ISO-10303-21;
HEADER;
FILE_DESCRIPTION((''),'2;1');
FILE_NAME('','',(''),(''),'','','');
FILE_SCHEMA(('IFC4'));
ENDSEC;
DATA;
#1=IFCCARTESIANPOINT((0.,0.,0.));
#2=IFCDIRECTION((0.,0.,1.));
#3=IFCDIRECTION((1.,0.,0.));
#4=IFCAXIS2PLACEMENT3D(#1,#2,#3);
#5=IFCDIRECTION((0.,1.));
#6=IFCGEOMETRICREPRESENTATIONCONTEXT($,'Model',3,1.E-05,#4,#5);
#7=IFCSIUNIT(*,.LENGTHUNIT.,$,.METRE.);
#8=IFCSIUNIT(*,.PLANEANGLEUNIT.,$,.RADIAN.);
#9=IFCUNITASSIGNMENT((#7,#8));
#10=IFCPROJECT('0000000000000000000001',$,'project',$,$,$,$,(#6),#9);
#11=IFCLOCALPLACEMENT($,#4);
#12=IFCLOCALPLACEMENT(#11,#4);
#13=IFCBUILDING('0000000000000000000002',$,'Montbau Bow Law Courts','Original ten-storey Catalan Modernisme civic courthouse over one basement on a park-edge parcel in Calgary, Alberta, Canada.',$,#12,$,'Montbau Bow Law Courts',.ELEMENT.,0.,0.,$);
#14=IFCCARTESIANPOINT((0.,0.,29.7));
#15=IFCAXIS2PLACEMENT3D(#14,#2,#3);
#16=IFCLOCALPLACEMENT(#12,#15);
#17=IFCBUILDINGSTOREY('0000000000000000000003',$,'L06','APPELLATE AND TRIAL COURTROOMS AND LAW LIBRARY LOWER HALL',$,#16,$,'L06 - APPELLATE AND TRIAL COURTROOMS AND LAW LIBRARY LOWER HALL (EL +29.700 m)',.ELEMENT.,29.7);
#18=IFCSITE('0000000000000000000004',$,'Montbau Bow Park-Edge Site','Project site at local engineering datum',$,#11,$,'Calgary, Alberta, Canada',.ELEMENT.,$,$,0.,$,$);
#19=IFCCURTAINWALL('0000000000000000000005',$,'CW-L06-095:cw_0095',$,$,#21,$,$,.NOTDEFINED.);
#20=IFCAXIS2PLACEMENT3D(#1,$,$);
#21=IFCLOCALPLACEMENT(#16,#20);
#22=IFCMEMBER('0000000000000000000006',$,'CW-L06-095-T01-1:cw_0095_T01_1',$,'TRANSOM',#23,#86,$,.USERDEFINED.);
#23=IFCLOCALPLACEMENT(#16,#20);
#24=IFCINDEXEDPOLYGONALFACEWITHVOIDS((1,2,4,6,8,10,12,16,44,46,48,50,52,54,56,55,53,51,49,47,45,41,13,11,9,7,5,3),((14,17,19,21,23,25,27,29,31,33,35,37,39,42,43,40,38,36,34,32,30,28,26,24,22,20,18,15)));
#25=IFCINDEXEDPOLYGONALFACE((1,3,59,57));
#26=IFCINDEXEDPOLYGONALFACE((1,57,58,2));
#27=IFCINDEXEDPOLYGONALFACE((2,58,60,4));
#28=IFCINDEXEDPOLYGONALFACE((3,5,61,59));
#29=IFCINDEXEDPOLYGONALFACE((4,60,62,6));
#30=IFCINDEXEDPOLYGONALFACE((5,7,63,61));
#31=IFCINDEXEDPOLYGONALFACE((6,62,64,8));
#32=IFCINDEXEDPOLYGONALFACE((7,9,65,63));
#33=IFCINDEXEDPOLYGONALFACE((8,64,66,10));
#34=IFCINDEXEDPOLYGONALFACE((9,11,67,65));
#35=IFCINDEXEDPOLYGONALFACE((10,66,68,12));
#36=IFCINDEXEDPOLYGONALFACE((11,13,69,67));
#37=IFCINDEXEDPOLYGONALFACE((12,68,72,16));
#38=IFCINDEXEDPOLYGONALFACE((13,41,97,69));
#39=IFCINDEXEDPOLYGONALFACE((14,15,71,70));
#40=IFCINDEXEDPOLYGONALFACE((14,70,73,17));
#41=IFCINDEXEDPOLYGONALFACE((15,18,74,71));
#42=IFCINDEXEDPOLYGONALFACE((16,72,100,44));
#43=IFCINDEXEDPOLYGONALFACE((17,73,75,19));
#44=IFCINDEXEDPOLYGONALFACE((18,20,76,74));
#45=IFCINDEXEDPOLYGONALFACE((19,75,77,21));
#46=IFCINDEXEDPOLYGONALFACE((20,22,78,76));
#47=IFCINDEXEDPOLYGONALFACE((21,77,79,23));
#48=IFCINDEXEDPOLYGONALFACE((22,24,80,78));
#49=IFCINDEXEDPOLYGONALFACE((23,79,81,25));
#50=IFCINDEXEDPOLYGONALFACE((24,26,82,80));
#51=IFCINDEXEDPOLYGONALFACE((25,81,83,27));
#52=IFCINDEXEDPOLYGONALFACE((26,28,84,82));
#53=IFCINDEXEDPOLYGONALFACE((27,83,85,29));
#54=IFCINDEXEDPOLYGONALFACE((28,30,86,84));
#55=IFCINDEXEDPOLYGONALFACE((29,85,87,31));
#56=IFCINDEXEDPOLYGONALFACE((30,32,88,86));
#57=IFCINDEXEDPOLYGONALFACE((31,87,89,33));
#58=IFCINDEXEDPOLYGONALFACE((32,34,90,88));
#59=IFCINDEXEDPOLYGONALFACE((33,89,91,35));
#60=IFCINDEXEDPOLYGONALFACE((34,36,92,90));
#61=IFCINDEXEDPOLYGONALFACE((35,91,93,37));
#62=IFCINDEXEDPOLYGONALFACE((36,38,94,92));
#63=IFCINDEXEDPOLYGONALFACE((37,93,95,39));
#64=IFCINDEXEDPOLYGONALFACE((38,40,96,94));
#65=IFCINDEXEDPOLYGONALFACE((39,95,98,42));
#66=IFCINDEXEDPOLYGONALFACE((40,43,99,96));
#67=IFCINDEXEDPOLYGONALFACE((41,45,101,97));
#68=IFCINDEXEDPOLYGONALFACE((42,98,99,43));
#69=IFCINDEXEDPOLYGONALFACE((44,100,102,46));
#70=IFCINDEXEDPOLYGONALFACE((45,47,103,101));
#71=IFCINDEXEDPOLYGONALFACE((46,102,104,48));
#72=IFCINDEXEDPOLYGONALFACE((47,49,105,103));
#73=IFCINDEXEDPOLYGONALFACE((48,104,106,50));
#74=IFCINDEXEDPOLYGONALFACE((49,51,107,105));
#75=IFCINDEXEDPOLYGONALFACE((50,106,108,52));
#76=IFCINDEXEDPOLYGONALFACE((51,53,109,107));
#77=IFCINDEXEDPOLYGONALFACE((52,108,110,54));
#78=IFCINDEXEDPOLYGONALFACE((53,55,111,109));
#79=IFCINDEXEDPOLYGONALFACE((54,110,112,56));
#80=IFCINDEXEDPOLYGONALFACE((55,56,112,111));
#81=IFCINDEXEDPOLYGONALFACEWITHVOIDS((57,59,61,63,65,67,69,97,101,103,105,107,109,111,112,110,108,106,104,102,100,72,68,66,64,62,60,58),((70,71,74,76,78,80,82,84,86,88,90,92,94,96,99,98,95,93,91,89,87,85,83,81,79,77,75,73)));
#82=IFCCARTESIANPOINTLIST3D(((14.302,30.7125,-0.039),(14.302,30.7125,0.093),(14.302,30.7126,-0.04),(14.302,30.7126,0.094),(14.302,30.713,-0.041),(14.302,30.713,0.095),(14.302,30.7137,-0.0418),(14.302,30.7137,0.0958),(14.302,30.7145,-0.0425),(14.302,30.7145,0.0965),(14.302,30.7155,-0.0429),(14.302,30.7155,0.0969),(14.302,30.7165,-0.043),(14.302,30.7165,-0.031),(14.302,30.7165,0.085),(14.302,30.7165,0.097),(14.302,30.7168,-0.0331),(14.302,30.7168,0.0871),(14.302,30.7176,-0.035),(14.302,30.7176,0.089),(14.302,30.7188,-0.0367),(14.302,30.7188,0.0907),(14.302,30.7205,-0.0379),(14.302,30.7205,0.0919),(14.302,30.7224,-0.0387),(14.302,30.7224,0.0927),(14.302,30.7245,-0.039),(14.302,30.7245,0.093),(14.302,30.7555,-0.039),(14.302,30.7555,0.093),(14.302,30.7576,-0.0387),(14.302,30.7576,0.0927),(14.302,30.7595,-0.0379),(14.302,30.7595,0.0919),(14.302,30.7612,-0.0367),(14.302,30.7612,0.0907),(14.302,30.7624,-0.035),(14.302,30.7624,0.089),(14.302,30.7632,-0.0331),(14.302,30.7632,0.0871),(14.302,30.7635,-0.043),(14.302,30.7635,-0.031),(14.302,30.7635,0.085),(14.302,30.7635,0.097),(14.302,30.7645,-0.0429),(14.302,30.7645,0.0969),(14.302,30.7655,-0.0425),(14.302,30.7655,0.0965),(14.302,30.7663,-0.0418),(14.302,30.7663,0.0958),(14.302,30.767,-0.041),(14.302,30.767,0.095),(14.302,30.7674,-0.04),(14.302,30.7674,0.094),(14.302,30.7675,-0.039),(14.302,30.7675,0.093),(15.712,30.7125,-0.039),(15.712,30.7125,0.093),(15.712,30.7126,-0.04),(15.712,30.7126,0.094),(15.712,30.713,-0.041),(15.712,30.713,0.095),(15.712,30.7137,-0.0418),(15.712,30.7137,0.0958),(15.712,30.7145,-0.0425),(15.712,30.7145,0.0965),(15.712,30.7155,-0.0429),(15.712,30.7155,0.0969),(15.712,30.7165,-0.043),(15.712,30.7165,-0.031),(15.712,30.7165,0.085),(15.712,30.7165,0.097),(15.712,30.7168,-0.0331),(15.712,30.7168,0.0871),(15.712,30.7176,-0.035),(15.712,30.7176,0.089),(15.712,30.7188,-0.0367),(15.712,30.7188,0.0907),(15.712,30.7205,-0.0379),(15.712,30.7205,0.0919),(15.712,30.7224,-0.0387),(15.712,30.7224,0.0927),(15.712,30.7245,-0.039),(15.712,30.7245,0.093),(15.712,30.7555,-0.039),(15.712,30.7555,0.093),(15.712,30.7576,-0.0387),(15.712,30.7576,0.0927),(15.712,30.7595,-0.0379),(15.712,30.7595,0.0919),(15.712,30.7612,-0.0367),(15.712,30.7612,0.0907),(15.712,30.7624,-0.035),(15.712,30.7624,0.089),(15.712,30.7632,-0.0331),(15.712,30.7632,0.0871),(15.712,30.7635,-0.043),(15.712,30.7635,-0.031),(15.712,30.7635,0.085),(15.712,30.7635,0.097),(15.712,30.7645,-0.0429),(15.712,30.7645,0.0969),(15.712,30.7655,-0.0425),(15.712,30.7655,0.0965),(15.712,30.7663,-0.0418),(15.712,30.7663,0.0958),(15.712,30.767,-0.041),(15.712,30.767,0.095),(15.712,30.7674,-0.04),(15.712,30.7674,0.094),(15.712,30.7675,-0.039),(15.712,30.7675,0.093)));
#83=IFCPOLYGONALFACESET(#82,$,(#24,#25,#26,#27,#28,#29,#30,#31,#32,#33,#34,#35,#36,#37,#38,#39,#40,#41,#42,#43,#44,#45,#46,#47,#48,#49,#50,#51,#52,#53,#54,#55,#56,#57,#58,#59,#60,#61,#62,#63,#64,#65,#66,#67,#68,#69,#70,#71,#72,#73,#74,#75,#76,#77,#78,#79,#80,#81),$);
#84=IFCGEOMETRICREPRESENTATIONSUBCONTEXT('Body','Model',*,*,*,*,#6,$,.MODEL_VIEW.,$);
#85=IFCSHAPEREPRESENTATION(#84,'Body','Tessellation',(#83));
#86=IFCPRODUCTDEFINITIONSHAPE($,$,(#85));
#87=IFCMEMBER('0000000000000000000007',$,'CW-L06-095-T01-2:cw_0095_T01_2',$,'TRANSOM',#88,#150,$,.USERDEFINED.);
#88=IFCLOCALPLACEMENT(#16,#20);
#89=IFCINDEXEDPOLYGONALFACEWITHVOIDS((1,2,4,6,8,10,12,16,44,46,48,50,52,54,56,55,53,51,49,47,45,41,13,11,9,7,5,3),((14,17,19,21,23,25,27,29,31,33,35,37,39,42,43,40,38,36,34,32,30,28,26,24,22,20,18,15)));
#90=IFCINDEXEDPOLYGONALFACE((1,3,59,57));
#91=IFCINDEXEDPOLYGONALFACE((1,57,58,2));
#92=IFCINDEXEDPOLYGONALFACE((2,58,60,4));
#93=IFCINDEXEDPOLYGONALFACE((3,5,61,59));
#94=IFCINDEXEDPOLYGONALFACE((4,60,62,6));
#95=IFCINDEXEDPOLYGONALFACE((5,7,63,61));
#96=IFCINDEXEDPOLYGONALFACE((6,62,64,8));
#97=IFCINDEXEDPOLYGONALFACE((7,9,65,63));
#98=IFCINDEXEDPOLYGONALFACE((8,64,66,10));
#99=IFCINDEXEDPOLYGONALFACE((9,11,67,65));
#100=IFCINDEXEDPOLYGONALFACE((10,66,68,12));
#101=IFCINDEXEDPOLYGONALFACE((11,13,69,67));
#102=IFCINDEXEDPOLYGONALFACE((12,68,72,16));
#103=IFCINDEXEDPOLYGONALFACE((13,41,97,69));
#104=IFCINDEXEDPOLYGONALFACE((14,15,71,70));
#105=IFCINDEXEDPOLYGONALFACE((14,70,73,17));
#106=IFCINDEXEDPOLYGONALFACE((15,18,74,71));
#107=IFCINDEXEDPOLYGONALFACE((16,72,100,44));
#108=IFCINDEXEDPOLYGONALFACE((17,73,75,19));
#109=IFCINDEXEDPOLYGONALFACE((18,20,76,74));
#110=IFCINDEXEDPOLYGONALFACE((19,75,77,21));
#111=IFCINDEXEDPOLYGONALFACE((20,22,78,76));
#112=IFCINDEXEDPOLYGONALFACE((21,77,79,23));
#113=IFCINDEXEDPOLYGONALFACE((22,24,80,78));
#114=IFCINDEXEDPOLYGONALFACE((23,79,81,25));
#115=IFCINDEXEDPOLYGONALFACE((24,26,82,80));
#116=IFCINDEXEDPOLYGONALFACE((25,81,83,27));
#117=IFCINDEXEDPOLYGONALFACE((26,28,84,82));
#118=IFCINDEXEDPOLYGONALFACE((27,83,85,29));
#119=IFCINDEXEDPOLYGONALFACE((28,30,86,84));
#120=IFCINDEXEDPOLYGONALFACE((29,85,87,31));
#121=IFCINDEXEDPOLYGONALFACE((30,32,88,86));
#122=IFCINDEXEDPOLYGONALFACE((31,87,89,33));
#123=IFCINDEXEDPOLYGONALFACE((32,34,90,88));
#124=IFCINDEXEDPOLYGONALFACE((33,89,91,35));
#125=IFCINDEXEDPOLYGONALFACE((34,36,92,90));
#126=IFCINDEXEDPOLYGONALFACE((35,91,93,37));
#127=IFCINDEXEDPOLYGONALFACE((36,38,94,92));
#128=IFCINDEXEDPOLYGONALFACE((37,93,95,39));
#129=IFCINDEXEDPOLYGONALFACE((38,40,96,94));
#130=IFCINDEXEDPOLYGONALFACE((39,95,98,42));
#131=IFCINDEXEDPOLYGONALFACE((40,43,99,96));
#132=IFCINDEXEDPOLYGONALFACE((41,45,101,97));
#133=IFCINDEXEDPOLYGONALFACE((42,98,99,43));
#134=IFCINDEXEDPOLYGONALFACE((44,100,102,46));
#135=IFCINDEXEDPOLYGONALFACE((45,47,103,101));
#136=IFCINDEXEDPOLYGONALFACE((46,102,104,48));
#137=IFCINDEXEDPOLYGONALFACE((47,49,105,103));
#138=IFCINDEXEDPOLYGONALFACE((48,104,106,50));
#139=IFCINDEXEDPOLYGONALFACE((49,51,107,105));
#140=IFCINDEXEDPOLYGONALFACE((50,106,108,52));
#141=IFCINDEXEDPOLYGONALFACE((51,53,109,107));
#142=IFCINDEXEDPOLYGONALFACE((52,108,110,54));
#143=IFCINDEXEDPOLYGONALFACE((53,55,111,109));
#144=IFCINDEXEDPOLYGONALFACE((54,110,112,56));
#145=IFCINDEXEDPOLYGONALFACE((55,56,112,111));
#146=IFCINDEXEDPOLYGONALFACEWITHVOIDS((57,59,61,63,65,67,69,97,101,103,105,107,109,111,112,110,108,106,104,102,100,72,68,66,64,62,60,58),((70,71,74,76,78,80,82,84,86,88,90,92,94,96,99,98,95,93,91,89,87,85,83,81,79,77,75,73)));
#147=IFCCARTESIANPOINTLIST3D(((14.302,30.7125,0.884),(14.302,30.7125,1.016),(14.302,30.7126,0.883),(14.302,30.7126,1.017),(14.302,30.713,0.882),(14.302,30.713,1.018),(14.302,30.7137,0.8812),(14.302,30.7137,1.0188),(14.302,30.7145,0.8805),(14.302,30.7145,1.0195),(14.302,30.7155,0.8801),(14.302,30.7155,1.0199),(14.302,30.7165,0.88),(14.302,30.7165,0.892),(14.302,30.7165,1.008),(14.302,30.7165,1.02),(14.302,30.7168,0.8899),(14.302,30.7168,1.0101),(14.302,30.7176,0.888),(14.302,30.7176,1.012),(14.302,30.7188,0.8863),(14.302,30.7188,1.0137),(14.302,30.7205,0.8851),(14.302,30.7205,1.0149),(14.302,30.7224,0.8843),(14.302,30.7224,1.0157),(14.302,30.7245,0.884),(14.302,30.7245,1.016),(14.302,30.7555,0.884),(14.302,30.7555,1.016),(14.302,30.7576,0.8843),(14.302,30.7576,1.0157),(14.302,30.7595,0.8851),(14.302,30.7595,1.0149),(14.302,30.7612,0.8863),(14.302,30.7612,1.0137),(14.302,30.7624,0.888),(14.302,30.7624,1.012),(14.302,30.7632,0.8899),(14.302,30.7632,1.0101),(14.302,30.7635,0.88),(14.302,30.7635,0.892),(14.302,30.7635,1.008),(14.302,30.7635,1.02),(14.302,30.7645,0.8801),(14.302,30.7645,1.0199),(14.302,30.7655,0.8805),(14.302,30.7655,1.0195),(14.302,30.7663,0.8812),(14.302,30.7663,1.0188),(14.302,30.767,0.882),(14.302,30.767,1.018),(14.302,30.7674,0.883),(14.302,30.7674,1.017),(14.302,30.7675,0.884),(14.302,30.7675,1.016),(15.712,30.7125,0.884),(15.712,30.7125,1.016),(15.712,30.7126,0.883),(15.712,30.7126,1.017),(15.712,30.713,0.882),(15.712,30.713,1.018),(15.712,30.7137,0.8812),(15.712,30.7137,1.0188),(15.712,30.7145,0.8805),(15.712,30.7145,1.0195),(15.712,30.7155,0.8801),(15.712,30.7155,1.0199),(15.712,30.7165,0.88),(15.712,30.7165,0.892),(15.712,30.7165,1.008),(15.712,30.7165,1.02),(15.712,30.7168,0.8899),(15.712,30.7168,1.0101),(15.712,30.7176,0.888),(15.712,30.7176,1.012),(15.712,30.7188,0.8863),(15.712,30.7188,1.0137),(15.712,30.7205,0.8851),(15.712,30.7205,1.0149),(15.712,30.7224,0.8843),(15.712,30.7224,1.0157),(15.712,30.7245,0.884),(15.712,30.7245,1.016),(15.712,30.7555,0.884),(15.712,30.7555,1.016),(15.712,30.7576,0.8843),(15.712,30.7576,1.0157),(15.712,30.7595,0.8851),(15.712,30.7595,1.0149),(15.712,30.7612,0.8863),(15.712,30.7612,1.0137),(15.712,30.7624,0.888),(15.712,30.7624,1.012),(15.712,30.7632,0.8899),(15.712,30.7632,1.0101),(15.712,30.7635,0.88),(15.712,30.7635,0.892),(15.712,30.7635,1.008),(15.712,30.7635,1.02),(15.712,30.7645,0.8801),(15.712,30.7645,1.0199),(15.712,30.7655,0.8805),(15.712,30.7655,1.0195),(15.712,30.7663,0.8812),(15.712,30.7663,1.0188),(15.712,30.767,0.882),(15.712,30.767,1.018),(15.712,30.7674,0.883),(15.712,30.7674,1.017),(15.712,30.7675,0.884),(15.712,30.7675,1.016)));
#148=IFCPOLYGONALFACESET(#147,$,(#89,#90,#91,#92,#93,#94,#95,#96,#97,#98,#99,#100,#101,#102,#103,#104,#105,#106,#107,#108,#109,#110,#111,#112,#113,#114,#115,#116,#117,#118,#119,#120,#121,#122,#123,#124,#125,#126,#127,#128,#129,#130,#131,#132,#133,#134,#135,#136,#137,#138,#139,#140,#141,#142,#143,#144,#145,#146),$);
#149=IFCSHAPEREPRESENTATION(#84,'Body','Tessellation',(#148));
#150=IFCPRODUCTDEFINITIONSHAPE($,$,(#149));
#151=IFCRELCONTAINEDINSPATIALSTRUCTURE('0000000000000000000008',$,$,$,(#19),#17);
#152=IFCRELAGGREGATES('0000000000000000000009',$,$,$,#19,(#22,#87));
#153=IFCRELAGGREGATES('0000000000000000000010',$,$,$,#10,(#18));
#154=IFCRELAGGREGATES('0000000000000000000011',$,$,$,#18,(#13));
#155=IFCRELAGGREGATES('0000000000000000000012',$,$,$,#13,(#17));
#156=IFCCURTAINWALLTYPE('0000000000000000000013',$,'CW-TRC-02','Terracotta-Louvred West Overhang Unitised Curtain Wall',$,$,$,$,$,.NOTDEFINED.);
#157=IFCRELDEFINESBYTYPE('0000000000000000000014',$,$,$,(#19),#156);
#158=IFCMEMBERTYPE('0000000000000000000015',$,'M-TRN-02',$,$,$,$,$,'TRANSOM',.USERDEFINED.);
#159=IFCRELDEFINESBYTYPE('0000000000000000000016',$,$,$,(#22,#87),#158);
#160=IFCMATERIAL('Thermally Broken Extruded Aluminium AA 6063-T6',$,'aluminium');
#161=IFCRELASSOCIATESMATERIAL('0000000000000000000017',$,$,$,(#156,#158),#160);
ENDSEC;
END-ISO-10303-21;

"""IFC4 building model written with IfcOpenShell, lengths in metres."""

from ifc_helpers import new_model, si_unit, direction, frame, origin_with_axes, origin_2d_with_axis, place, context, subcontext, project, spatial, hollow_rectangle, extrude, material, material_profile, profile_set, type_object, element, aggregate, save


model = new_model("IFC4")

# Units and contexts
model_context = context("Model", 3, precision=1e-05, world=origin_with_axes(), true_north=direction((0.0, 1.0)))
body_context = subcontext(model_context, "Body", "Model", "MODEL_VIEW")
ifc_project = project(units=[si_unit("LENGTHUNIT", "METRE"), si_unit("PLANEANGLEUNIT", "RADIAN")], contexts=[model_context])

# Site, building, storey
site_placement = place(None, origin_with_axes())
site = spatial("IfcSite", under=ifc_project, at=site_placement, Name="Montbau Bow Park-Edge Site", Description="Project site at local engineering datum", LongName="Calgary, Alberta, Canada", CompositionType="ELEMENT", RefElevation=0.0)
building_placement = place(site_placement, origin_with_axes())
building = spatial("IfcBuilding", under=site, at=building_placement, Name="Montbau Bow Law Courts", Description="Original ten-storey Catalan Modernisme civic courthouse over one basement on a park-edge parcel in Calgary, Alberta, Canada.", LongName="Montbau Bow Law Courts", CompositionType="ELEMENT", ElevationOfRefHeight=0.0, ElevationOfTerrain=0.0)
storey_placement = place(building_placement, frame((0.0, 0.0, 29.7), z_axis=(0.0, 0.0, 1.0), x_axis=(1.0, 0.0, 0.0)))
storey = spatial("IfcBuildingStorey", under=building, at=storey_placement, Name="L06", Description="APPELLATE AND TRIAL COURTROOMS AND LAW LIBRARY LOWER HALL", LongName="L06 - APPELLATE AND TRIAL COURTROOMS AND LAW LIBRARY LOWER HALL (EL +29.700 m)", CompositionType="ELEMENT", Elevation=29.7)

# Curtain wall, members
ifc_material_1 = material(Name="Thermally Broken Extruded Aluminium AA 6063-T6", Category="aluminium")
curtain_wall_type = type_object("IfcCurtainWallType", Name="CW-TRC-02", Description="Terracotta-Louvred West Overhang Unitised Curtain Wall", PredefinedType="NOTDEFINED", material=ifc_material_1)
curtain_wall_placement = place(None, frame((14.24, 30.74, 29.7), z_axis=(0.0, 0.0, 1.0), x_axis=(1.0, 0.0, 0.0)))
curtain_wall = element("IfcCurtainWall", 1, at=curtain_wall_placement, inside=storey, type_object=curtain_wall_type, Name="CW-L06-095:cw_0095", PredefinedType="NOTDEFINED")
ifc_material_profile_1 = material_profile(ifc_material_1, hollow_rectangle(XDim=0.055, YDim=0.14, WallThickness=0.004, InnerFilletRadius=0.008, OuterFilletRadius=0.004, at=origin_2d_with_axis()), Name="CWT-140X55", Category="Main", Priority=0)
ifc_profile_set_1 = profile_set([ifc_material_profile_1], Name="Thermally Broken Extruded Aluminium AA 6063-T6")
member_type_1 = type_object("IfcMemberType", Name="M-TRN-02", ElementType="TRANSOM", PredefinedType="USERDEFINED", material=ifc_profile_set_1)
member_1_placement = place(None, frame((14.302, 30.74, 29.727), z_axis=(1.0, 0.0, 0.0), x_axis=(0.0, 1.0, 0.0)))
member_1 = element("IfcMember", 2, at=member_1_placement, type_object=member_type_1, Name="CW-L06-095-T01-1:cw_0095_T01_1", ObjectType="TRANSOM", PredefinedType="USERDEFINED", context=body_context, shape_type="SweptSolid", body=[
    extrude(hollow_rectangle(XDim=0.055, YDim=0.14, WallThickness=0.004, InnerFilletRadius=0.008, OuterFilletRadius=0.004, at=origin_2d_with_axis()), origin_with_axes(), (0.0, 0.0, 1.0), 1.41),
])
member_2_placement = place(None, frame((14.302, 30.74, 30.65), z_axis=(1.0, 0.0, 0.0), x_axis=(0.0, 1.0, 0.0)))
member_2 = element("IfcMember", 3, at=member_2_placement, type_object=member_type_1, Name="CW-L06-095-T01-2:cw_0095_T01_2", ObjectType="TRANSOM", PredefinedType="USERDEFINED", context=body_context, shape_type="SweptSolid", body=[
    extrude(hollow_rectangle(XDim=0.055, YDim=0.14, WallThickness=0.004, InnerFilletRadius=0.008, OuterFilletRadius=0.004, at=origin_2d_with_axis()), origin_with_axes(), (0.0, 0.0, 1.0), 1.41),
])
aggregate(curtain_wall, [member_1, member_2])

save(model, "model.ifc")
